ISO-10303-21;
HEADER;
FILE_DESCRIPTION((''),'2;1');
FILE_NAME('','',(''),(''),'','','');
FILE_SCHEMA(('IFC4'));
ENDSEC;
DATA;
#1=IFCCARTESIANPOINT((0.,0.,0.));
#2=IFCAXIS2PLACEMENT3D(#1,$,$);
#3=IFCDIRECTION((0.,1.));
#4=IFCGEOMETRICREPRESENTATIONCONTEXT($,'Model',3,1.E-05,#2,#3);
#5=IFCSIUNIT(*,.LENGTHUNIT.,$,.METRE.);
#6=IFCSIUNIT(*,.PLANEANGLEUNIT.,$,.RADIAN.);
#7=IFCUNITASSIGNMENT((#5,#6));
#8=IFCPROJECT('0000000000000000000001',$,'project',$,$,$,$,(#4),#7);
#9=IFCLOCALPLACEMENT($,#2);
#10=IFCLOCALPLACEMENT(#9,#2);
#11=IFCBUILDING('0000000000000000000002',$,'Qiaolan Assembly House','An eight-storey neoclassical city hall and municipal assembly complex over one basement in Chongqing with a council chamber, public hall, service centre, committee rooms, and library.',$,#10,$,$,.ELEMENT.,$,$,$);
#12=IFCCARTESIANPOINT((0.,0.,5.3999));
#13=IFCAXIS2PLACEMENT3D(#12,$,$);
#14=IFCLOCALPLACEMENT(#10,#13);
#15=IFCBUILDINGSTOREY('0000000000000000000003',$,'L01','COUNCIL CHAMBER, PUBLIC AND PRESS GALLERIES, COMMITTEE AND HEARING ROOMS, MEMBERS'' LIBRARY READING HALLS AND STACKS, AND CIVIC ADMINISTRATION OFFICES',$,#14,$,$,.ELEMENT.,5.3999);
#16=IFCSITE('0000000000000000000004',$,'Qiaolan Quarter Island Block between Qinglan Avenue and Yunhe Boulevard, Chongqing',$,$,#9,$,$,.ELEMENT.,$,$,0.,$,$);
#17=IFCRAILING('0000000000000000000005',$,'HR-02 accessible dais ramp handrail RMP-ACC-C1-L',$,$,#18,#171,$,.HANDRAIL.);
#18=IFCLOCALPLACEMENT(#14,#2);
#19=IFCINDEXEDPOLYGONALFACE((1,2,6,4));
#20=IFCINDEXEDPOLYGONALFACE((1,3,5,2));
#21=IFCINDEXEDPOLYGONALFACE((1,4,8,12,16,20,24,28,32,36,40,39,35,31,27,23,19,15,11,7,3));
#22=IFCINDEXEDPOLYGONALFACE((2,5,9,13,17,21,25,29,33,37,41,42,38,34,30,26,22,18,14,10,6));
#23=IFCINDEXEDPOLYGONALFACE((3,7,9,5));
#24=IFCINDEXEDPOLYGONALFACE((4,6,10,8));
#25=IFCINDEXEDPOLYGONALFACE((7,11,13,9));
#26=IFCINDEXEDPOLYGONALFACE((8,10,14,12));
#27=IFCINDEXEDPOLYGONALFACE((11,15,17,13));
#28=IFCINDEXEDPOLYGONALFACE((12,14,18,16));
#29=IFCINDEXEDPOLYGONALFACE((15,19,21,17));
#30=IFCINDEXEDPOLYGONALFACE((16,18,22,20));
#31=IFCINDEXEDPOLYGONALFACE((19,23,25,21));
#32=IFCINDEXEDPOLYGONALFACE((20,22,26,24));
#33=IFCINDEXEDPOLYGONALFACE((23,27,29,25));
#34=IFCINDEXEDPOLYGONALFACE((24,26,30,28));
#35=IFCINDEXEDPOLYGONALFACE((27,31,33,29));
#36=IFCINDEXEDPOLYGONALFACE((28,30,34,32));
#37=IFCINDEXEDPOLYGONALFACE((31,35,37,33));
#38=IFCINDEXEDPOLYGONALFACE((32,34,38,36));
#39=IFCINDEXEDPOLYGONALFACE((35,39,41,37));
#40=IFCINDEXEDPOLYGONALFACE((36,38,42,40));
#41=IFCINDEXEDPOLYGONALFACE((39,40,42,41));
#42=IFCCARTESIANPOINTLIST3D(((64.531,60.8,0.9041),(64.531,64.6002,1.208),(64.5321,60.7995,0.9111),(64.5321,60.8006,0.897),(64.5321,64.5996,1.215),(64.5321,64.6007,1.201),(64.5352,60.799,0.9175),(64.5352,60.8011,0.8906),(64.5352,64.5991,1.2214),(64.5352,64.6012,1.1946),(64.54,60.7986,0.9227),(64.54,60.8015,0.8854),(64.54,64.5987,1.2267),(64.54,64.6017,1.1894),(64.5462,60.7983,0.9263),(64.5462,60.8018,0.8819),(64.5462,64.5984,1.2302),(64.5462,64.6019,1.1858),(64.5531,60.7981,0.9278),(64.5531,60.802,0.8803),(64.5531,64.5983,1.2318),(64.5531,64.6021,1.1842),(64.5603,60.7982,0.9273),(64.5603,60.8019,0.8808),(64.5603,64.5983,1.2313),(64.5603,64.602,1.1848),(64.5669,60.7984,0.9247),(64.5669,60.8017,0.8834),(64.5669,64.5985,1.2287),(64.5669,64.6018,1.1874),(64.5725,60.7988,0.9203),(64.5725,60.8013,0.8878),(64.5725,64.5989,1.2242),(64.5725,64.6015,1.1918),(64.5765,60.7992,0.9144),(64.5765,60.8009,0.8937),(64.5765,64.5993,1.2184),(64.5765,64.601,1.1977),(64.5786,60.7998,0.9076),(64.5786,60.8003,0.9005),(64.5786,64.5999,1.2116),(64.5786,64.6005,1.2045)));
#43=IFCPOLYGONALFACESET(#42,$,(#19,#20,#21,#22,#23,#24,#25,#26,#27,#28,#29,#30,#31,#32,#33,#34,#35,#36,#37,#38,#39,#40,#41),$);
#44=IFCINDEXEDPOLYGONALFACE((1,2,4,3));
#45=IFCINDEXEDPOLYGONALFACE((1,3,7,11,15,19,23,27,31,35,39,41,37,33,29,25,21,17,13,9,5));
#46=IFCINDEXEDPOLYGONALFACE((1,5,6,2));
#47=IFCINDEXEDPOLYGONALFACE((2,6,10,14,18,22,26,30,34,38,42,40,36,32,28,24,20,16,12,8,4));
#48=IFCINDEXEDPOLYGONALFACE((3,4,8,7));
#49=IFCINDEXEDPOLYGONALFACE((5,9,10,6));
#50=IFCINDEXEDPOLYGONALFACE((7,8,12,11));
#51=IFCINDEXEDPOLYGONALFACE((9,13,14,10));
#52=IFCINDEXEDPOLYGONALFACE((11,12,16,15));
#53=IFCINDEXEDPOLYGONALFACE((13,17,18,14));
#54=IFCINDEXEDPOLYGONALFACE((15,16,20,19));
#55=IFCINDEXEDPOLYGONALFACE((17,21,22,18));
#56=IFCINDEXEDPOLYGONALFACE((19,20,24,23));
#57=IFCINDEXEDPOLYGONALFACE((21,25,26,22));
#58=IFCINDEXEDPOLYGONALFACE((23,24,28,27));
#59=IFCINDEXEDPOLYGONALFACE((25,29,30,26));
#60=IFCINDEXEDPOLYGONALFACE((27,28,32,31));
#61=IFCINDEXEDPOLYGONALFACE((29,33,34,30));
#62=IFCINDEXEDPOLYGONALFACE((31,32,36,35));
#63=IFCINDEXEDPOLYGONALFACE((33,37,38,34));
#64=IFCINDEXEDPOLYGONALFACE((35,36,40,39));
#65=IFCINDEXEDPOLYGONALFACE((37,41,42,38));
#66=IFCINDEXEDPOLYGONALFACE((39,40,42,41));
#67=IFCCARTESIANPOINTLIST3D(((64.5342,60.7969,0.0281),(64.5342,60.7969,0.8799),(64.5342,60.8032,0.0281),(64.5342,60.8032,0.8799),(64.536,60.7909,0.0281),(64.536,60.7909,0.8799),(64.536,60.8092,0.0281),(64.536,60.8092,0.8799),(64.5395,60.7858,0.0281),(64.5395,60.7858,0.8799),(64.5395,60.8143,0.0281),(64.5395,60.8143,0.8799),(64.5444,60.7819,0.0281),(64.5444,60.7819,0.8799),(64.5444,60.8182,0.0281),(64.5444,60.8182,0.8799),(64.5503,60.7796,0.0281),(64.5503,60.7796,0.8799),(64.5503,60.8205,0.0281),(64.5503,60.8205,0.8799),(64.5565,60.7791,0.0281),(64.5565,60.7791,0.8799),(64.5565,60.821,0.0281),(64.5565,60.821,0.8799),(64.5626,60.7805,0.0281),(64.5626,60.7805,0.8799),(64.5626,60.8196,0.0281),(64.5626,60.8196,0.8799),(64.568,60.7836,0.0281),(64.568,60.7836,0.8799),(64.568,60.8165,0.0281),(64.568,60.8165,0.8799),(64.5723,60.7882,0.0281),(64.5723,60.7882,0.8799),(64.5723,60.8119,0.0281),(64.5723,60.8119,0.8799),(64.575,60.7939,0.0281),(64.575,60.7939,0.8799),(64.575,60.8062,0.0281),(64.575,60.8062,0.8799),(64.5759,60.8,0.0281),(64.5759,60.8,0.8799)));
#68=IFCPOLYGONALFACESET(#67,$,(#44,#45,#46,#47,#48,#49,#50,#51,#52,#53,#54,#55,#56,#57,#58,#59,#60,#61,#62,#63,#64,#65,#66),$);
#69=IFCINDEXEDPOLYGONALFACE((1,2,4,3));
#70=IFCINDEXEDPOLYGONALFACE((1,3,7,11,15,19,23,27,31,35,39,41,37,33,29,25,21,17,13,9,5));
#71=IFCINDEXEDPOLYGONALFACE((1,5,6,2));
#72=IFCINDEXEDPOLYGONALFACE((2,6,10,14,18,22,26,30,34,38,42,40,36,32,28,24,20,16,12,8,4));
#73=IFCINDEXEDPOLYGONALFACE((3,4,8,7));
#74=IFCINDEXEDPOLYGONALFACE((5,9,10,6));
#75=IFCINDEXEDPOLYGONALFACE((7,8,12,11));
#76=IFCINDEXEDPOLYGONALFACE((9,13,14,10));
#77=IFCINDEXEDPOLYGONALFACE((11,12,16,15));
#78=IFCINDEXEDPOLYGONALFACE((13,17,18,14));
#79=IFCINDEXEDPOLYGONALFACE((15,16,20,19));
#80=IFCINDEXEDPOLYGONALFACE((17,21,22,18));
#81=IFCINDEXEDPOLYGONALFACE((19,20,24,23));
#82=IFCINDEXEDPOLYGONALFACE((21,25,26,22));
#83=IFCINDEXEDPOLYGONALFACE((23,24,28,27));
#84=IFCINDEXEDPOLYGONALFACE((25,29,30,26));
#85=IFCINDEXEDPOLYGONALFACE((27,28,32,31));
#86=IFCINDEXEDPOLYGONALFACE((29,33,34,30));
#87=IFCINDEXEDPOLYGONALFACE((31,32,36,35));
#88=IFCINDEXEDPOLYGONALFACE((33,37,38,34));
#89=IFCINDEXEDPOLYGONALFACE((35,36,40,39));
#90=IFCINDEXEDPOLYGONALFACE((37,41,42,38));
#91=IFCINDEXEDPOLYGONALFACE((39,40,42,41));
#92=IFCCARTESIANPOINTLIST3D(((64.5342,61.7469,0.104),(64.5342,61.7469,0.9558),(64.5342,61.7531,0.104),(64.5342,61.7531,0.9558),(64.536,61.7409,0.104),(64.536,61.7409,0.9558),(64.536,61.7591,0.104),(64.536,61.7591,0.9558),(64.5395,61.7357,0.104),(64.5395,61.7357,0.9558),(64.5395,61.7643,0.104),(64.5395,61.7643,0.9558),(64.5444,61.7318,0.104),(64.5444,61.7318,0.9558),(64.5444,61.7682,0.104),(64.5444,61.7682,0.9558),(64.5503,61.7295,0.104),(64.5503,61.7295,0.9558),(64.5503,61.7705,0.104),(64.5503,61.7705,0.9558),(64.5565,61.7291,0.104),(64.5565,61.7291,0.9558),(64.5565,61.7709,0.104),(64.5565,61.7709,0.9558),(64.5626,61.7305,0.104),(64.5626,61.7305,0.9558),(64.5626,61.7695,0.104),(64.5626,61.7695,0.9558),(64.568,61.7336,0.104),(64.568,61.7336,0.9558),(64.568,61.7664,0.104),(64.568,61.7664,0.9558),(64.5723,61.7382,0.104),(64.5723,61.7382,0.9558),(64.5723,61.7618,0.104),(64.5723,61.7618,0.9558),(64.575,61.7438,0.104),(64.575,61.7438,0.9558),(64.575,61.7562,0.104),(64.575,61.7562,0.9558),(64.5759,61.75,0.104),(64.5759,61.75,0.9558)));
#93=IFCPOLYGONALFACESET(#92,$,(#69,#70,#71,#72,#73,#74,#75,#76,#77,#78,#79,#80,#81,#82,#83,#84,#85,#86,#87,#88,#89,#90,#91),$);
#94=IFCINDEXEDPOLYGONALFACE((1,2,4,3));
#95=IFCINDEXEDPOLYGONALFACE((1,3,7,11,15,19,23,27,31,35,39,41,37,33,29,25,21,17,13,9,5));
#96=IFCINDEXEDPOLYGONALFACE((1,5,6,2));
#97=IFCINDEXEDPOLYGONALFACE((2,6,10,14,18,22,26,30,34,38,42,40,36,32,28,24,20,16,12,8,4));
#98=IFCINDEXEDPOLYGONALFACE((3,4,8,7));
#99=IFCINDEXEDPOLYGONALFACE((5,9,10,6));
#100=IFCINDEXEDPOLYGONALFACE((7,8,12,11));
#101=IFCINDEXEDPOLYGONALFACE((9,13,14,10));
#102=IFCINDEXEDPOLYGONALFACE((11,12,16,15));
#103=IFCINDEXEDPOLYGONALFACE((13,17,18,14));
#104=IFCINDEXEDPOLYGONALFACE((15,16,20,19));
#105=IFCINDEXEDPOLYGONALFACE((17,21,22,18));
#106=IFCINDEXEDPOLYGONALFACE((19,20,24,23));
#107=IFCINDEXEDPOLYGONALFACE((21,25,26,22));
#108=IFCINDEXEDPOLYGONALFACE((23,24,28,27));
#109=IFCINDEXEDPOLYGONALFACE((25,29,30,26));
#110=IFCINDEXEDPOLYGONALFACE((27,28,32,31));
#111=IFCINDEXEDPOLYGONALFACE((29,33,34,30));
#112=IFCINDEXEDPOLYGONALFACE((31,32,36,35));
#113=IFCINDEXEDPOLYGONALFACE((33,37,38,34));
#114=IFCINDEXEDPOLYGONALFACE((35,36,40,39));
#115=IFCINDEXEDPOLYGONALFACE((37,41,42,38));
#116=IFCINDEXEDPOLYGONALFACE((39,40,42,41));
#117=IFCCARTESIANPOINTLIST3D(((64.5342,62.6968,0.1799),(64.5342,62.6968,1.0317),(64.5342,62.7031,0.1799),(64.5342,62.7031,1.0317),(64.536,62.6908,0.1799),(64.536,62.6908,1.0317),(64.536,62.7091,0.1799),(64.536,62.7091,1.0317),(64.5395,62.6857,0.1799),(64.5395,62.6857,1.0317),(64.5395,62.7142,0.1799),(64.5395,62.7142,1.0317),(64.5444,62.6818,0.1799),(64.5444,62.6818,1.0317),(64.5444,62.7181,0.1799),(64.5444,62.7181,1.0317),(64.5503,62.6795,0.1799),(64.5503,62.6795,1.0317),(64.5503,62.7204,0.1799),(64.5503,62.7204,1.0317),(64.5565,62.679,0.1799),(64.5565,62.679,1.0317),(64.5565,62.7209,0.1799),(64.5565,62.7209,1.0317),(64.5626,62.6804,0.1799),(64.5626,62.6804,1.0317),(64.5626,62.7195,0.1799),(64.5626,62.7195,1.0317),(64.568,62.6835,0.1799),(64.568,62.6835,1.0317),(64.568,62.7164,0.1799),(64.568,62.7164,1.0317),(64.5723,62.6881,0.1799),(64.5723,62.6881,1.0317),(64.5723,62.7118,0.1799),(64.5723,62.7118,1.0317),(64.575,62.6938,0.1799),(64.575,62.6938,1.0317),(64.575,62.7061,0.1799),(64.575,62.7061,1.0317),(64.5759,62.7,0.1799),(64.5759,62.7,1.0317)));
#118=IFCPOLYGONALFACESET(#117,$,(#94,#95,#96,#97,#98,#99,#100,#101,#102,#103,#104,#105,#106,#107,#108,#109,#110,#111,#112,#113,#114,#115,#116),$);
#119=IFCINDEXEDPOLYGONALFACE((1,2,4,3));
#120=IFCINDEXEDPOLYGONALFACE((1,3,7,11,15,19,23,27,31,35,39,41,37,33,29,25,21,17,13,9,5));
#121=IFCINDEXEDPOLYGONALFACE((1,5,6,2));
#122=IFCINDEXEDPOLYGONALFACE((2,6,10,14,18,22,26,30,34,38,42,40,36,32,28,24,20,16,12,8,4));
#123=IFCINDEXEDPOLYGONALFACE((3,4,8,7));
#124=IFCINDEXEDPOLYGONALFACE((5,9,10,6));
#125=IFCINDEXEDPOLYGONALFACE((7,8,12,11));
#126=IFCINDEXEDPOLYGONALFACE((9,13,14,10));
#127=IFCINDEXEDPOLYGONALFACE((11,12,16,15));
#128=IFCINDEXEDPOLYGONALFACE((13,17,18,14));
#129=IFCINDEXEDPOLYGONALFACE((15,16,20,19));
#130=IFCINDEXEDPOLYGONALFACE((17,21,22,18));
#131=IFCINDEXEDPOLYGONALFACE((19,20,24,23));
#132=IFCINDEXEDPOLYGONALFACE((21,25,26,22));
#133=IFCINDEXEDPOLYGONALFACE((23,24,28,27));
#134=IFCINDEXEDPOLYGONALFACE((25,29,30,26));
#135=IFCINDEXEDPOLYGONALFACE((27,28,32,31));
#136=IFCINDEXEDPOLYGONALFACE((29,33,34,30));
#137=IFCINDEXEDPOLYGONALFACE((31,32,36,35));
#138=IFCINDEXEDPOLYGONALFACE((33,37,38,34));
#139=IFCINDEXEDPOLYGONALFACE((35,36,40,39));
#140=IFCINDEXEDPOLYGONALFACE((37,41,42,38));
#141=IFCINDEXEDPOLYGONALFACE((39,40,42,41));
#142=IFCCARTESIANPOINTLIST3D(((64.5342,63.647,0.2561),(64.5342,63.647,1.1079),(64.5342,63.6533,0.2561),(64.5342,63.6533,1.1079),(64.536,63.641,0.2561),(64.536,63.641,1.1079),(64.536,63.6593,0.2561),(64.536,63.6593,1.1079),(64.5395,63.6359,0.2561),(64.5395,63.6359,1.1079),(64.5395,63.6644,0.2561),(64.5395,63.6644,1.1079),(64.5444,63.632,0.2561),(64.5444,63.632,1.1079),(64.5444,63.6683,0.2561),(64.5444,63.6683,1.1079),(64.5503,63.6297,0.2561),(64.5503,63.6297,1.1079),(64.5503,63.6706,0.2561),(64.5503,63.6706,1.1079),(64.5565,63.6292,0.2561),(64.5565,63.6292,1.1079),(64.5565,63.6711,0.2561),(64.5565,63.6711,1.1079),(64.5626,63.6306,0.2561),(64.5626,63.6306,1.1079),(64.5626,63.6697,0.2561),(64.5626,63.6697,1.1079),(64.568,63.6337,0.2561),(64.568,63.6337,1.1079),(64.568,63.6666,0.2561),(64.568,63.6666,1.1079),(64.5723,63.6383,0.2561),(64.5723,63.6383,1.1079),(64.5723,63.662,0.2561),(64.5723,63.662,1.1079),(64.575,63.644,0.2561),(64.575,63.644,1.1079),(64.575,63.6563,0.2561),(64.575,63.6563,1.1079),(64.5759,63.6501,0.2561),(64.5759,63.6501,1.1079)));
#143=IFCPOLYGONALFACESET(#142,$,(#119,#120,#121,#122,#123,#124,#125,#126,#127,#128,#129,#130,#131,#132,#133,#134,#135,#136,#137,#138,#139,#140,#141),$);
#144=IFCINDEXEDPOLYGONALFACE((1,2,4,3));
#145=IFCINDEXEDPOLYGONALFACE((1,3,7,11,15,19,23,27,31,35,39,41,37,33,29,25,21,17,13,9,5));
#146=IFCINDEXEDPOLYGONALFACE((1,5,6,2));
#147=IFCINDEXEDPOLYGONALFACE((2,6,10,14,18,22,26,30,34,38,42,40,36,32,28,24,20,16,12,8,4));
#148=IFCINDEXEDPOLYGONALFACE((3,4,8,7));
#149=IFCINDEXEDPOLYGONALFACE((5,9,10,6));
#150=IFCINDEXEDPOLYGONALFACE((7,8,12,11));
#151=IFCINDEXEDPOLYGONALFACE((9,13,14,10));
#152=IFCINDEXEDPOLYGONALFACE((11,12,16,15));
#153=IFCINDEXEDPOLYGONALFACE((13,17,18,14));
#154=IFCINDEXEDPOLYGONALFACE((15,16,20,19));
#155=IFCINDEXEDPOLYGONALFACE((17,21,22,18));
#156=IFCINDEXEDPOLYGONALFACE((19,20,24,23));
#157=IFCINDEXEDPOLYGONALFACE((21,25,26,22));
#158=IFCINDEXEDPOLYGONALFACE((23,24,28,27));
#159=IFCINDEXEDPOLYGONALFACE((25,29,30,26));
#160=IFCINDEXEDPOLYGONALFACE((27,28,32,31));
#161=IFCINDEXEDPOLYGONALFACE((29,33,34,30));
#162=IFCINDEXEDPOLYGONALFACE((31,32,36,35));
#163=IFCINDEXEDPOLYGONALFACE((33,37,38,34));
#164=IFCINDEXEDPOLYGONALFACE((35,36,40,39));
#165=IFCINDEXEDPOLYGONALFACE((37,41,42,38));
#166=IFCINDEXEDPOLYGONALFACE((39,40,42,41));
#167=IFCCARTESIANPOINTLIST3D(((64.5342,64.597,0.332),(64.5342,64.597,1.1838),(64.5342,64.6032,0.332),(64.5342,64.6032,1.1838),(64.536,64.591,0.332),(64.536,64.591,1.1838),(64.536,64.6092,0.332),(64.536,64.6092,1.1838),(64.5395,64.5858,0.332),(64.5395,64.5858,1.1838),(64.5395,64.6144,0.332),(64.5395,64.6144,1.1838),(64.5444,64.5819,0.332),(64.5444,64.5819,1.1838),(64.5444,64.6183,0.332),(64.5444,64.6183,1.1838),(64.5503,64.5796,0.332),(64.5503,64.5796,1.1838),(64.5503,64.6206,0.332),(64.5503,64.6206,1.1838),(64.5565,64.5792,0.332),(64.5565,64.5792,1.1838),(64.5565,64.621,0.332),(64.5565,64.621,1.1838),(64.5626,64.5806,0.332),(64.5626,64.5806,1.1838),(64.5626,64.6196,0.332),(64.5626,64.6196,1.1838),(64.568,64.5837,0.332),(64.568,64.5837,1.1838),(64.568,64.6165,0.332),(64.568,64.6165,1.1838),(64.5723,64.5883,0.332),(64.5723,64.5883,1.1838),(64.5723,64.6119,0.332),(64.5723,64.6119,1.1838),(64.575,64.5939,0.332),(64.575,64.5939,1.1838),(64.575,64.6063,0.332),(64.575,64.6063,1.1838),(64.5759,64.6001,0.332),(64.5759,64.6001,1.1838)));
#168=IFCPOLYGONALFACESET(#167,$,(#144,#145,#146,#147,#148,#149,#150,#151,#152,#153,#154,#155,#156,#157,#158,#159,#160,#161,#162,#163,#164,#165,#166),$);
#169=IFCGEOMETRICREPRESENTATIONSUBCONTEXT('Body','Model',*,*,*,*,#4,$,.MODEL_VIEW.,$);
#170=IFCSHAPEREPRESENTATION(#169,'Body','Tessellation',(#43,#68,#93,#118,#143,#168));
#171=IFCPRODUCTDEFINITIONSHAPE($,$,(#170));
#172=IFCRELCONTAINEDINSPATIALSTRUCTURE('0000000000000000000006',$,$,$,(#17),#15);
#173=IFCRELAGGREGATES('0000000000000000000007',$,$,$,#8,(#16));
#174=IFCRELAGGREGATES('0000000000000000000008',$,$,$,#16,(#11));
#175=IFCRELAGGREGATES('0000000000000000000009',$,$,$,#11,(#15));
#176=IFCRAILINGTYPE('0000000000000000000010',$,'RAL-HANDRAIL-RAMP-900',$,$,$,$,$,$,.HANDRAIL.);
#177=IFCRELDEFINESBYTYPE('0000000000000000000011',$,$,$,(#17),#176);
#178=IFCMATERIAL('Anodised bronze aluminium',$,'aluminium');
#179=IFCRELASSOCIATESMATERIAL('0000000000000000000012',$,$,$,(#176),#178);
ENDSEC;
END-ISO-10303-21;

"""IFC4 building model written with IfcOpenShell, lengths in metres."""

from ifc_helpers import new_model, si_unit, direction, frame, origin, origin_2d, place, context, subcontext, project, spatial, circle, extrude, material, type_object, element, save


model = new_model("IFC4")

# Units and contexts
model_context = context("Model", 3, precision=1e-05, world=origin(), true_north=direction((0.0, 1.0)))
body_context = subcontext(model_context, "Body", "Model", "MODEL_VIEW")
ifc_project = project(units=[si_unit("LENGTHUNIT", "METRE"), si_unit("PLANEANGLEUNIT", "RADIAN")], contexts=[model_context])

# Site, building, storey
site_placement = place(None, origin())
site = spatial("IfcSite", under=ifc_project, at=site_placement, Name="Qiaolan Quarter Island Block between Qinglan Avenue and Yunhe Boulevard, Chongqing", CompositionType="ELEMENT", RefElevation=0.0)
building_placement = place(site_placement, origin())
building = spatial("IfcBuilding", under=site, at=building_placement, Name="Qiaolan Assembly House", Description="An eight-storey neoclassical city hall and municipal assembly complex over one basement in Chongqing with a council chamber, public hall, service centre, committee rooms, and library.", CompositionType="ELEMENT")
storey_placement = place(building_placement, frame((0.0, 0.0, 5.3999)))
storey = spatial("IfcBuildingStorey", under=building, at=storey_placement, Name="L01", Description="COUNCIL CHAMBER, PUBLIC AND PRESS GALLERIES, COMMITTEE AND HEARING ROOMS, MEMBERS' LIBRARY READING HALLS AND STACKS, AND CIVIC ADMINISTRATION OFFICES", CompositionType="ELEMENT", Elevation=5.3999)

# Railing
ifc_material_1 = material(Name="Anodised bronze aluminium", Category="aluminium")
railing_type_1 = type_object("IfcRailingType", Name="RAL-HANDRAIL-RAMP-900", PredefinedType="HANDRAIL", material=ifc_material_1)
for number, where, name in (
    (1, (64.5549, 60.8, 0.0281), "HR-02 accessible dais ramp handrail RMP-ACC-C1-L"),
):
    element("IfcRailing", number, at=place(storey_placement, frame(where)), inside=storey, type_object=railing_type_1, Name=name, PredefinedType="HANDRAIL", context=body_context, shape_type="SweptSolid", body=[
        extrude(circle(Radius=0.0239, at=origin_2d()), frame((0.0, 0.0, 0.876), z_axis=(0.0, 0.996816, 0.079732), x_axis=(-1.0, 0.0, 0.0)), (0.0, 0.0, 1.0), 3.8123),
        extrude(circle(Radius=0.021, at=origin_2d()), origin(), (0.0, 0.0, 1.0), 0.8518),
        extrude(circle(Radius=0.021, at=origin_2d()), frame((0.0, 0.95, 0.0759)), (0.0, 0.0, 1.0), 0.8518),
        extrude(circle(Radius=0.021, at=origin_2d()), frame((0.0, 1.8999, 0.1519)), (0.0, 0.0, 1.0), 0.8518),
        extrude(circle(Radius=0.021, at=origin_2d()), frame((0.0, 2.8501, 0.228)), (0.0, 0.0, 1.0), 0.8518),
        extrude(circle(Radius=0.021, at=origin_2d()), frame((0.0, 3.8, 0.304)), (0.0, 0.0, 1.0), 0.8518),
    ])

save(model, "model.ifc")
